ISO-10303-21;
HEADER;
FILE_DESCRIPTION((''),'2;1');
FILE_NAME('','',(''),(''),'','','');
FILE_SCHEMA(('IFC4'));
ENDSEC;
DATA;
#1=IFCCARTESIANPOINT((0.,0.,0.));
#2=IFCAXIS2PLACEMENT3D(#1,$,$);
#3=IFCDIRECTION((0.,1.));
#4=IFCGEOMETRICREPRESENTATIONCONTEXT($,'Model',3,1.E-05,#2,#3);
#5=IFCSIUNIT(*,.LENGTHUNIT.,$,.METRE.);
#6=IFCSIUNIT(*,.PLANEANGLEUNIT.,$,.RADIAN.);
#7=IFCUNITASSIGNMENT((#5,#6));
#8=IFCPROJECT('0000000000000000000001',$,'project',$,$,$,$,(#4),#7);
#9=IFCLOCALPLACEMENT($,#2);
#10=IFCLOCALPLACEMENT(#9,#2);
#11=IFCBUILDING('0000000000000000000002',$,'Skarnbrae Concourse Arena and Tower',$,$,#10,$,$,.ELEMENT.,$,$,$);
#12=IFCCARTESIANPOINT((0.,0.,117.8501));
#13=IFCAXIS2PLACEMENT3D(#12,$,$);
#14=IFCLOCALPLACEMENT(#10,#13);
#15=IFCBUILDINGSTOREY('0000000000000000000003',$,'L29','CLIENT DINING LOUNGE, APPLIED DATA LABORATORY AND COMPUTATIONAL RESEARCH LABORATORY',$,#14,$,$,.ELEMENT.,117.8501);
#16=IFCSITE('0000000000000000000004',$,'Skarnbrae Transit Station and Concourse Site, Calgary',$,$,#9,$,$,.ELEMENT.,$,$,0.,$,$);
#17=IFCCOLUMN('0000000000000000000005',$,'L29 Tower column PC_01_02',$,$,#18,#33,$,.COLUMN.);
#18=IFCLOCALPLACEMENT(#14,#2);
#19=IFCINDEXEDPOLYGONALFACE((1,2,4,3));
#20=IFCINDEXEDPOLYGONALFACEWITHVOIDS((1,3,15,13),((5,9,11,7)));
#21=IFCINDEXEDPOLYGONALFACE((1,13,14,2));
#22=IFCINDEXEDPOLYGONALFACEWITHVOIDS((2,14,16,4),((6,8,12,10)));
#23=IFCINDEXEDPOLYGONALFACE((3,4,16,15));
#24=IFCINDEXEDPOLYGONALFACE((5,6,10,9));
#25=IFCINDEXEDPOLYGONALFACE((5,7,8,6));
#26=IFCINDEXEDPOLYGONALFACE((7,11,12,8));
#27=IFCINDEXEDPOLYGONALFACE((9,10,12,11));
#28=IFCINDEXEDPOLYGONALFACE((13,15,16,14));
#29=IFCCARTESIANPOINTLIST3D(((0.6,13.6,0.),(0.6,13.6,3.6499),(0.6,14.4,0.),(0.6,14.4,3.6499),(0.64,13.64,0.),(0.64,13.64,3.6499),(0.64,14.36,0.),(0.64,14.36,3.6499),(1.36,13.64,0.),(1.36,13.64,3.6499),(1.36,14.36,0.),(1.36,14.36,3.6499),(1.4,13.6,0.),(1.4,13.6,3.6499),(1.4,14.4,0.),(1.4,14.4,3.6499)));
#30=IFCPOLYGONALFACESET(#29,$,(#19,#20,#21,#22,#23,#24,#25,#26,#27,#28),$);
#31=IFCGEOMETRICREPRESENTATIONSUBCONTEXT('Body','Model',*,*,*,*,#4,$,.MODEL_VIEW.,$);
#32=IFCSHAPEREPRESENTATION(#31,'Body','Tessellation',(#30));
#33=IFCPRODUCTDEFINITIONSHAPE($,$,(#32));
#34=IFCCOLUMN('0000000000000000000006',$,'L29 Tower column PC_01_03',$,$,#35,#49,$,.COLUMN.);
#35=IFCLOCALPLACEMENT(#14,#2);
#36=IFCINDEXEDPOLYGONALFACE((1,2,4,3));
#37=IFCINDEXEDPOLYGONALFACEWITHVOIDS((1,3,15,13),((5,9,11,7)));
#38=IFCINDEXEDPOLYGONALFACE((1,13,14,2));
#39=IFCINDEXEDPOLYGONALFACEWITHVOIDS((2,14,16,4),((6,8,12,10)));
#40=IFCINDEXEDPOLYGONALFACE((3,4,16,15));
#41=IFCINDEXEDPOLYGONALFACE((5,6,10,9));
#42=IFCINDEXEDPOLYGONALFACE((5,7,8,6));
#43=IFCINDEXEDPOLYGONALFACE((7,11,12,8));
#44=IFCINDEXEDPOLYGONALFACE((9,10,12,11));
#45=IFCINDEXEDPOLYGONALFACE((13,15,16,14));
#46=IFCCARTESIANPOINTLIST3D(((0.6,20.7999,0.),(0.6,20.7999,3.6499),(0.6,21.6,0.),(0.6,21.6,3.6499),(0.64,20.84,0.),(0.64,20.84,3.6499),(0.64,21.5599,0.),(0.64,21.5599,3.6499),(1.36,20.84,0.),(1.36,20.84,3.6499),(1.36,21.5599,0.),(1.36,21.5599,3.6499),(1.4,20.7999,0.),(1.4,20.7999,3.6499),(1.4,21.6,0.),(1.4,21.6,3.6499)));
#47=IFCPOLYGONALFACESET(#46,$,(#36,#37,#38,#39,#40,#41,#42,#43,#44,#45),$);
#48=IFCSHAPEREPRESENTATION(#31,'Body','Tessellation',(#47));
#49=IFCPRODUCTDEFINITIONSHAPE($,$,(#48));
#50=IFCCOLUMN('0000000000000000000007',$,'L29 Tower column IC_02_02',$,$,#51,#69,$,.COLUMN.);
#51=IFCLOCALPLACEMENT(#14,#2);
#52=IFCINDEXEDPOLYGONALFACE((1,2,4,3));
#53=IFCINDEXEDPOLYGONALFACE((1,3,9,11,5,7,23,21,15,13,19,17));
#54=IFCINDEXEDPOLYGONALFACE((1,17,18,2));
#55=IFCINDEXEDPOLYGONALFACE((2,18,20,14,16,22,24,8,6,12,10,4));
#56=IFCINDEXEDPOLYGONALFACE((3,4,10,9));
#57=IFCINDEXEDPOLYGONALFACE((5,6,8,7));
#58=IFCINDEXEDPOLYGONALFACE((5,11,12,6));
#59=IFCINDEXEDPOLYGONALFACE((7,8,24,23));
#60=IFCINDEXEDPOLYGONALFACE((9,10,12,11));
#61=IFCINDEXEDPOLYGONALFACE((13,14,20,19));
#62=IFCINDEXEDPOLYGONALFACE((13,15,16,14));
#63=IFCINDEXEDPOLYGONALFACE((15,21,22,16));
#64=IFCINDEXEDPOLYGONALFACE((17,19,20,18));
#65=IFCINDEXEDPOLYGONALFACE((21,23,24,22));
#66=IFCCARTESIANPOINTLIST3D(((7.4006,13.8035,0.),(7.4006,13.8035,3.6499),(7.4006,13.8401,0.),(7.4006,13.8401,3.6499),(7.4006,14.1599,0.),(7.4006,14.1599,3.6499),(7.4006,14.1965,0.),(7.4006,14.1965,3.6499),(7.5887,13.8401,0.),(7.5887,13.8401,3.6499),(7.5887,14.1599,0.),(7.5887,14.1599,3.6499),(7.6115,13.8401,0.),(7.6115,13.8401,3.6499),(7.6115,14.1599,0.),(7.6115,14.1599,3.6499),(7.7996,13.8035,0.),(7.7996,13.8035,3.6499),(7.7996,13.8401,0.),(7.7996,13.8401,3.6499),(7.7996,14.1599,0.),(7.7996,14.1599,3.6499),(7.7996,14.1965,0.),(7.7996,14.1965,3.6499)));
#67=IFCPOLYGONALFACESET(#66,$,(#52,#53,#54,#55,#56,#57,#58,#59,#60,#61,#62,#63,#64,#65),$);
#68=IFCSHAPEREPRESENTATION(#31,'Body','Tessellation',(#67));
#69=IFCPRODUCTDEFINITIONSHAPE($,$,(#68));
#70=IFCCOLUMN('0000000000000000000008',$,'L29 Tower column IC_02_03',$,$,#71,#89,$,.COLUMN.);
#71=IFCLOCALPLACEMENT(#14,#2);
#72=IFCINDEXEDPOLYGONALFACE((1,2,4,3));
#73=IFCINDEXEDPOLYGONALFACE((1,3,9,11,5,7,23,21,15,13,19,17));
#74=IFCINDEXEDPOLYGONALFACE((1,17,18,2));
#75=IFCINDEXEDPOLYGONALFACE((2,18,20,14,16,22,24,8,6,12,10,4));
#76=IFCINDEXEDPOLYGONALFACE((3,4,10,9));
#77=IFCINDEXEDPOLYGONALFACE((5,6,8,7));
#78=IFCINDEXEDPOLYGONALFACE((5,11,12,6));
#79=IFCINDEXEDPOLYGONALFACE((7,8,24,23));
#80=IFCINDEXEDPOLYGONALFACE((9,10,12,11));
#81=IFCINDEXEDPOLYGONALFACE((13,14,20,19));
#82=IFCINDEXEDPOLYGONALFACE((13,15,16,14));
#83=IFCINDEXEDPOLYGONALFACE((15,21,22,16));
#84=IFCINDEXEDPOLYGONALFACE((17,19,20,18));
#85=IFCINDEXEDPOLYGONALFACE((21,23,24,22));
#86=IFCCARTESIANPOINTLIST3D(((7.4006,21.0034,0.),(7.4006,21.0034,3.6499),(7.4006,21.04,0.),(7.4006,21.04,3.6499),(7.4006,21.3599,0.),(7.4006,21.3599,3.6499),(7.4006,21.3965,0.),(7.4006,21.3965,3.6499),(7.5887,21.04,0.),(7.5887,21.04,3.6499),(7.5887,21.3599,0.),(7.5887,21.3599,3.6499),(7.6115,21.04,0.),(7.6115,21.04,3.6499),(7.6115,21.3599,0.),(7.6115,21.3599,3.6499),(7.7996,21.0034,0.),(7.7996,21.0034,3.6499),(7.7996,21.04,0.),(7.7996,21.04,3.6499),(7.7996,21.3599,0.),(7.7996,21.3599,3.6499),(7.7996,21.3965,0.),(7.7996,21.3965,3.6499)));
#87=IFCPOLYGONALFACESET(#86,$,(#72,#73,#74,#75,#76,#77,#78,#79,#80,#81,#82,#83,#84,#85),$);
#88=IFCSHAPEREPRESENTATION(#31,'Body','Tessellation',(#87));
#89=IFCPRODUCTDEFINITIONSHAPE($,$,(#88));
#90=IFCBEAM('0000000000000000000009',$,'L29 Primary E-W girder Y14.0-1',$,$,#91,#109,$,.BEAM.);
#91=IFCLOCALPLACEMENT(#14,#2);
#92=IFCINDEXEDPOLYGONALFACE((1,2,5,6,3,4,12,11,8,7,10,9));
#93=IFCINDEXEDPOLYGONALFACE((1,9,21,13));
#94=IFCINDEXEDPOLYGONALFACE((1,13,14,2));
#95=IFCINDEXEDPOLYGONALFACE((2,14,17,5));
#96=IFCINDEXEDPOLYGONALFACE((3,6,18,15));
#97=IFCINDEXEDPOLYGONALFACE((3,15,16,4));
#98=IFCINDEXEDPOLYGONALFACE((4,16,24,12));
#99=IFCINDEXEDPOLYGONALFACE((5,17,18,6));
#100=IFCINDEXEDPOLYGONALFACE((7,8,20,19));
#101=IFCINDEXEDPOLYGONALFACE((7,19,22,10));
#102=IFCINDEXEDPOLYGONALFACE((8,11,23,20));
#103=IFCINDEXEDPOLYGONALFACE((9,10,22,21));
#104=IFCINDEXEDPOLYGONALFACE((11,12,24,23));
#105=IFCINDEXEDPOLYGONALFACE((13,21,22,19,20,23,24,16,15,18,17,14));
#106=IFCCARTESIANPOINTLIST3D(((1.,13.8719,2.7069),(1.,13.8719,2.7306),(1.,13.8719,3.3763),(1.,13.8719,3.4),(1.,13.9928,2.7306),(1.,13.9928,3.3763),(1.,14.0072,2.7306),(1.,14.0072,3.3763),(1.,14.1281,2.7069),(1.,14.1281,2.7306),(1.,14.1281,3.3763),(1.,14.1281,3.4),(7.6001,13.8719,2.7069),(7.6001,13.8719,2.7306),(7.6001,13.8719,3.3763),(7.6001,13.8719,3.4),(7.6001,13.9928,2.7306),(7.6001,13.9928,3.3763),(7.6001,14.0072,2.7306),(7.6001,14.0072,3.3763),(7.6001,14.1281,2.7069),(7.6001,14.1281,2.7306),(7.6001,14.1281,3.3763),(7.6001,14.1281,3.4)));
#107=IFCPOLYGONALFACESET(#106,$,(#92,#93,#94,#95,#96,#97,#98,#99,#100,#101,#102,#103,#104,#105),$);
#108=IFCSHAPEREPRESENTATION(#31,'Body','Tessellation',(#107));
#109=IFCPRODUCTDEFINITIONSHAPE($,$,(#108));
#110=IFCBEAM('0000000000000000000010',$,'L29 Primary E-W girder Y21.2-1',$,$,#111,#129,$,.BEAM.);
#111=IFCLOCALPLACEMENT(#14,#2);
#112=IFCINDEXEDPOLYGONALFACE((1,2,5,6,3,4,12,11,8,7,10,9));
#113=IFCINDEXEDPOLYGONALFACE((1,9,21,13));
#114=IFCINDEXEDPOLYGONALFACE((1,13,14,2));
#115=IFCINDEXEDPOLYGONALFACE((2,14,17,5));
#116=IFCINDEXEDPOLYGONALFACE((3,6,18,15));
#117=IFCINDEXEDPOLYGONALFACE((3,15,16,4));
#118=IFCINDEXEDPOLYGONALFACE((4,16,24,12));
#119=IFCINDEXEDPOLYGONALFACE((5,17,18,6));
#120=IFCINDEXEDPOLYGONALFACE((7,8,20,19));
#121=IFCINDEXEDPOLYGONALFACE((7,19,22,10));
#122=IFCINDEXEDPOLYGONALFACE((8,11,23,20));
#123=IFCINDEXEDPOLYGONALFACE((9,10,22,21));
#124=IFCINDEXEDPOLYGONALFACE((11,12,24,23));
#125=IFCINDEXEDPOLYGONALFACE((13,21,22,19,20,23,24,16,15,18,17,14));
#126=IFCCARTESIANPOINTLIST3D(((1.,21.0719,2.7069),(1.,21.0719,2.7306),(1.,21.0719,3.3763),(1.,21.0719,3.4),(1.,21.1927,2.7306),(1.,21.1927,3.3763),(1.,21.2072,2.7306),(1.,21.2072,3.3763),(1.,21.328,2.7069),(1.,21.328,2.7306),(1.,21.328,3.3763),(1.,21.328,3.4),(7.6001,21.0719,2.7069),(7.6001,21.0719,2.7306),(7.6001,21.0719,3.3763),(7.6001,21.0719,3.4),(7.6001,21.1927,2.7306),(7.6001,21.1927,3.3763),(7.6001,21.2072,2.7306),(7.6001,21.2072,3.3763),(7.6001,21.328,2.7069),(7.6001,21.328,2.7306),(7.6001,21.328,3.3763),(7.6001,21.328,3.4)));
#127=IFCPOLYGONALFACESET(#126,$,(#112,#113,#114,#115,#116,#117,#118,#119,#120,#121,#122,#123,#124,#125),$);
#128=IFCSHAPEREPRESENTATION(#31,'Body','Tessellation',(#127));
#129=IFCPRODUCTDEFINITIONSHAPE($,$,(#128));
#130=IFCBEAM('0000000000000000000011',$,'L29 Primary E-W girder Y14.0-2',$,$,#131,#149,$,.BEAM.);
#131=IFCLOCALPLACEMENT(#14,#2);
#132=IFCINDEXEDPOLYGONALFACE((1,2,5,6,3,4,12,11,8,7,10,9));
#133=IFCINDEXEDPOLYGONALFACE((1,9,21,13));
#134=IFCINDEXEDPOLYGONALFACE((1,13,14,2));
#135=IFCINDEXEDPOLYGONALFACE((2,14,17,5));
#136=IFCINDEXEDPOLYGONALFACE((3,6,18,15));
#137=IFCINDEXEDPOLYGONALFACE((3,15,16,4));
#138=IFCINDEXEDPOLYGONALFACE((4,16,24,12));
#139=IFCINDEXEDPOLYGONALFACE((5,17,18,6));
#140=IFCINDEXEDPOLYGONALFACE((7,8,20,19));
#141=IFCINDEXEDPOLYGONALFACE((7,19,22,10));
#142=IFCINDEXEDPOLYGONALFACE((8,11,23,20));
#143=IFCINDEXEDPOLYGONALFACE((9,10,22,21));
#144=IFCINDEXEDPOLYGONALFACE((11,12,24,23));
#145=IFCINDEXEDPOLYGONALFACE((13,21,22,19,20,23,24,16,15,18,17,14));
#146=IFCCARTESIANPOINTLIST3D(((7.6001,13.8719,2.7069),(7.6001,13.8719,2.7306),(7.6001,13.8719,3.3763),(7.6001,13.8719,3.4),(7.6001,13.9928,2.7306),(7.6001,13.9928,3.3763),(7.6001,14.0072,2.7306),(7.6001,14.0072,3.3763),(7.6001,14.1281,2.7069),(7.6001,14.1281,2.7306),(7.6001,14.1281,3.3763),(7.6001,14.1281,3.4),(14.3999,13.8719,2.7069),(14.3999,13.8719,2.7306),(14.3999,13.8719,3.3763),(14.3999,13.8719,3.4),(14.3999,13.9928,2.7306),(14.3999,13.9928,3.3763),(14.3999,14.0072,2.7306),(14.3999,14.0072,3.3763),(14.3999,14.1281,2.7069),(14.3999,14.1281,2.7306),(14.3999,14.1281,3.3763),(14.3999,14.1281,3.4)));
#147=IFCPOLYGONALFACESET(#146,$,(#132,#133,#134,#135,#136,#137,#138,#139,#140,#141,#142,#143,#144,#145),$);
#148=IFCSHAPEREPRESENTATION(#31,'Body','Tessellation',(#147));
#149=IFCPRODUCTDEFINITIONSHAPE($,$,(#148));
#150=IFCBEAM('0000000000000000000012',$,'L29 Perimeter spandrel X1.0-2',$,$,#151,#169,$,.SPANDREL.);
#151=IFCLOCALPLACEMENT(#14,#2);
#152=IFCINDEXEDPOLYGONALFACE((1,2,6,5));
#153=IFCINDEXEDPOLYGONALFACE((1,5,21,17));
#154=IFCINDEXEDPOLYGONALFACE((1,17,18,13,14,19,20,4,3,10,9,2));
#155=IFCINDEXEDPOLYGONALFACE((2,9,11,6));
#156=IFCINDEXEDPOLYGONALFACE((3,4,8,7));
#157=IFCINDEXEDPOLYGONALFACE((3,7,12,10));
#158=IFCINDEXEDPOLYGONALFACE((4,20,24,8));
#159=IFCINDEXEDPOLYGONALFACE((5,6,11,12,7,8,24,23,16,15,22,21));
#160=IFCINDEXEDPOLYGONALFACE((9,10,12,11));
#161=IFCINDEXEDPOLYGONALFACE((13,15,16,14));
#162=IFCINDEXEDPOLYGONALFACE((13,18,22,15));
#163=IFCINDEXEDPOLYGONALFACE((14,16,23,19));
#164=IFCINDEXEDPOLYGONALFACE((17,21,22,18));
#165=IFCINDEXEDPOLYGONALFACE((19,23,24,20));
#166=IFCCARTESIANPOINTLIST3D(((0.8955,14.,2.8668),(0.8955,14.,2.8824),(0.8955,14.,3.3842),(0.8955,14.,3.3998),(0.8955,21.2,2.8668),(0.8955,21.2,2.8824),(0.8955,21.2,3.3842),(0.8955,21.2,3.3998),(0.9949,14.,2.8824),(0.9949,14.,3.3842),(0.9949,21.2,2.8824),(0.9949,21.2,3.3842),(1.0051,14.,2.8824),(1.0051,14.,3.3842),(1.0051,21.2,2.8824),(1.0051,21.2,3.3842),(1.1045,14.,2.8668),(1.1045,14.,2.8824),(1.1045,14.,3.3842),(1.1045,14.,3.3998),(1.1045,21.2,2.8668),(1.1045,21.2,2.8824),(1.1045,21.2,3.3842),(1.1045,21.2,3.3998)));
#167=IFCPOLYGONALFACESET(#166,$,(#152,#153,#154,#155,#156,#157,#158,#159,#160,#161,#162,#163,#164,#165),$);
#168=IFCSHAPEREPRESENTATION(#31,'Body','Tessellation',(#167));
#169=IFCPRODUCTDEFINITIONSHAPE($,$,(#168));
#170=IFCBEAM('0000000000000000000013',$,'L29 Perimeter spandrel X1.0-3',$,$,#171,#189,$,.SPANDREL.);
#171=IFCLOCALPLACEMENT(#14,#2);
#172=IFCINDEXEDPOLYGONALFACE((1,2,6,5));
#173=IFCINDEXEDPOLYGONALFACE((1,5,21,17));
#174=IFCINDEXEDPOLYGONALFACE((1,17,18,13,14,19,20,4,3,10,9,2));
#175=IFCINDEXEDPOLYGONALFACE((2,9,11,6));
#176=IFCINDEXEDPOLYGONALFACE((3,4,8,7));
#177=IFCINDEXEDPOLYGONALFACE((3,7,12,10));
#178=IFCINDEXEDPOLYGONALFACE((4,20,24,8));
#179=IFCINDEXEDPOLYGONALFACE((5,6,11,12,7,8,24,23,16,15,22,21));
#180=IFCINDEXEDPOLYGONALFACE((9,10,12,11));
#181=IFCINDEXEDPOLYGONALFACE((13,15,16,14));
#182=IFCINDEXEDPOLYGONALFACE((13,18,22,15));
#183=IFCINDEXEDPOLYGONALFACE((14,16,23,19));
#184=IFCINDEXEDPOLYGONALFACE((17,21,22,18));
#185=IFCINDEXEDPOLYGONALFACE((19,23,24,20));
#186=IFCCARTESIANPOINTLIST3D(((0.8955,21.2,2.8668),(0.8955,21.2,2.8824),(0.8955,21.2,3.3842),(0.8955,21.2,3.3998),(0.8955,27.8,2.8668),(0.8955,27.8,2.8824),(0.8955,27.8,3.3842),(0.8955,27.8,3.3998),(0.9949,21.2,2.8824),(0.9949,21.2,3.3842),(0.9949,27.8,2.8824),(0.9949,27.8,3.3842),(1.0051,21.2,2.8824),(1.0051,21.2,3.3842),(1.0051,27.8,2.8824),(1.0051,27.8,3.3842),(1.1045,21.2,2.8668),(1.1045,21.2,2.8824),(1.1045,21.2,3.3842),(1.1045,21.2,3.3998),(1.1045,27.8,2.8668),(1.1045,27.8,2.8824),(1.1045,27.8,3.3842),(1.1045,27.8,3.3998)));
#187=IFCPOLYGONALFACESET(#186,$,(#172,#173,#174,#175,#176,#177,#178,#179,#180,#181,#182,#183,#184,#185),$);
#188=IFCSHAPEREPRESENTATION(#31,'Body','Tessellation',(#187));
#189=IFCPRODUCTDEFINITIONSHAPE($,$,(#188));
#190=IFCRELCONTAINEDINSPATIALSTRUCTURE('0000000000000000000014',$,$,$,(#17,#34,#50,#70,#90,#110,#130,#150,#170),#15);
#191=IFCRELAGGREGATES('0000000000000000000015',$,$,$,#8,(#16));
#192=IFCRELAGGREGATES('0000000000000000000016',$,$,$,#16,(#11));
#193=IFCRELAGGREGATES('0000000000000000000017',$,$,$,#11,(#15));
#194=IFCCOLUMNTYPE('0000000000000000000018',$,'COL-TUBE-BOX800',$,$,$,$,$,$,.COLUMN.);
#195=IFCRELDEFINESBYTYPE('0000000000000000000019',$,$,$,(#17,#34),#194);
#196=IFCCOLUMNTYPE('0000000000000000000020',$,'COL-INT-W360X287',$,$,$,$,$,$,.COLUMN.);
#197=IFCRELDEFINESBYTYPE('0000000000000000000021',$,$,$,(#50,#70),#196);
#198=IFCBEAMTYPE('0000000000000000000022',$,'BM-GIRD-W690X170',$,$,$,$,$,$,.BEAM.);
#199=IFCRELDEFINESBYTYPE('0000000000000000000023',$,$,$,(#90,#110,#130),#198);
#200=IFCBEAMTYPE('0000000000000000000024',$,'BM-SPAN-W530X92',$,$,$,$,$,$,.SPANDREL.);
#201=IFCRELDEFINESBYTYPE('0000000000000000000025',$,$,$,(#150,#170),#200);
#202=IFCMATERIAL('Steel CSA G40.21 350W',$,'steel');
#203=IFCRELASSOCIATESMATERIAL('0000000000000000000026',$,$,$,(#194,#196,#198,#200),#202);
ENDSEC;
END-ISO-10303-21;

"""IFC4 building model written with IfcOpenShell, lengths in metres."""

from ifc_helpers import new_model, si_unit, direction, frame, origin, origin_2d, place, context, subcontext, project, spatial, hollow_rectangle, i_section, extrude, source, transform, mapped, material, material_profile, profile_set, type_object, element, save


model = new_model("IFC4")

# Units and contexts
model_context = context("Model", 3, precision=1e-05, world=origin(), true_north=direction((0.0, 1.0)))
body_context = subcontext(model_context, "Body", "Model", "MODEL_VIEW")
ifc_project = project(units=[si_unit("LENGTHUNIT", "METRE"), si_unit("PLANEANGLEUNIT", "RADIAN")], contexts=[model_context])

# Site, building, storey
site_placement = place(None, origin())
site = spatial("IfcSite", under=ifc_project, at=site_placement, Name="Skarnbrae Transit Station and Concourse Site, Calgary", CompositionType="ELEMENT", RefElevation=0.0)
building_placement = place(site_placement, origin())
building = spatial("IfcBuilding", under=site, at=building_placement, Name="Skarnbrae Concourse Arena and Tower", CompositionType="ELEMENT")
storey_placement = place(building_placement, frame((0.0, 0.0, 117.8501)))
storey = spatial("IfcBuildingStorey", under=building, at=storey_placement, Name="L29", Description="CLIENT DINING LOUNGE, APPLIED DATA LABORATORY AND COMPUTATIONAL RESEARCH LABORATORY", CompositionType="ELEMENT", Elevation=117.8501)

# Columns
ifc_material_1 = material(Name="Steel CSA G40.21 350W", Category="steel")
ifc_material_profile_1 = material_profile(ifc_material_1, hollow_rectangle(XDim=0.8, YDim=0.8, WallThickness=0.04, at=origin_2d()), Name="BOX800X800X40")
ifc_profile_set_1 = profile_set([ifc_material_profile_1], Name="Steel CSA G40.21 350W")
column_type_1 = type_object("IfcColumnType", Name="COL-TUBE-BOX800", PredefinedType="COLUMN", material=ifc_profile_set_1)
shared_shape_1 = source(origin(), body_context, "Body", "SweptSolid", [
    extrude(hollow_rectangle(XDim=0.8, YDim=0.8, WallThickness=0.04, at=origin_2d()), origin(), (0.0, 0.0, 1.0), 3.6499),
])
for number, where, z_axis, x_axis, name in (
    (1, (1.0, 14.0, 0.0), (0.0, 0.0, 1.0), (1.0, 0.0, 0.0), "L29 Tower column PC_01_02"),
    (2, (1.0, 21.2, 0.0), (0.0, 0.0, 1.0), (1.0, 0.0, 0.0), "L29 Tower column PC_01_03"),
):
    element("IfcColumn", number, at=place(storey_placement, frame(where, z_axis=z_axis, x_axis=x_axis)), inside=storey, type_object=column_type_1, Name=name, PredefinedType="COLUMN", context=body_context, shape_type="MappedRepresentation", body=[
        mapped(shared_shape_1, transform((0.0, 0.0, 0.0))),
    ])
ifc_material_profile_2 = material_profile(ifc_material_1, i_section(OverallWidth=0.3989, OverallDepth=0.3931, WebThickness=0.0227, FlangeThickness=0.0366, at=origin_2d()), Name="W360X287")
ifc_profile_set_2 = profile_set([ifc_material_profile_2], Name="Steel CSA G40.21 350W")
column_type_2 = type_object("IfcColumnType", Name="COL-INT-W360X287", PredefinedType="COLUMN", material=ifc_profile_set_2)
shared_shape_2 = source(origin(), body_context, "Body", "SweptSolid", [
    extrude(i_section(OverallWidth=0.3989, OverallDepth=0.3931, WebThickness=0.0227, FlangeThickness=0.0366, at=origin_2d()), origin(), (0.0, 0.0, 1.0), 3.6499),
])
for number, where, z_axis, x_axis, name in (
    (3, (7.6001, 14.0, 0.0), (0.0, 0.0, 1.0), (1.0, 0.0, 0.0), "L29 Tower column IC_02_02"),
    (4, (7.6001, 21.2, 0.0), (0.0, 0.0, 1.0), (1.0, 0.0, 0.0), "L29 Tower column IC_02_03"),
):
    element("IfcColumn", number, at=place(storey_placement, frame(where, z_axis=z_axis, x_axis=x_axis)), inside=storey, type_object=column_type_2, Name=name, PredefinedType="COLUMN", context=body_context, shape_type="MappedRepresentation", body=[
        mapped(shared_shape_2, transform((0.0, 0.0, 0.0))),
    ])

# Beams
ifc_material_profile_3 = material_profile(ifc_material_1, i_section(OverallWidth=0.2561, OverallDepth=0.6931, WebThickness=0.0144, FlangeThickness=0.0237, at=origin_2d()), Name="W690X170")
ifc_profile_set_3 = profile_set([ifc_material_profile_3], Name="Steel CSA G40.21 350W")
beam_type_1 = type_object("IfcBeamType", Name="BM-GIRD-W690X170", PredefinedType="BEAM", material=ifc_profile_set_3)
shared_shape_3 = source(origin(), body_context, "Body", "SweptSolid", [
    extrude(i_section(OverallWidth=0.2561, OverallDepth=0.6931, WebThickness=0.0144, FlangeThickness=0.0237, at=origin_2d()), origin(), (0.0, 0.0, 1.0), 6.6001),
])
for number, where, z_axis, x_axis, name in (
    (5, (1.0, 14.0, 3.0535), (1.0, 0.0, 0.0), (0.0, 1.0, 0.0), "L29 Primary E-W girder Y14.0-1"),
    (6, (1.0, 21.2, 3.0535), (1.0, 0.0, 0.0), (0.0, 1.0, 0.0), "L29 Primary E-W girder Y21.2-1"),
):
    element("IfcBeam", number, at=place(storey_placement, frame(where, z_axis=z_axis, x_axis=x_axis)), inside=storey, type_object=beam_type_1, Name=name, PredefinedType="BEAM", context=body_context, shape_type="MappedRepresentation", body=[
        mapped(shared_shape_3, transform((0.0, 0.0, 0.0))),
    ])
shared_shape_4 = source(origin(), body_context, "Body", "SweptSolid", [
    extrude(i_section(OverallWidth=0.2561, OverallDepth=0.6931, WebThickness=0.0144, FlangeThickness=0.0237, at=origin_2d()), origin(), (0.0, 0.0, 1.0), 6.7998),
])
beam_1_placement = place(storey_placement, frame((7.6001, 14.0, 3.0535), z_axis=(1.0, 0.0, 0.0), x_axis=(0.0, 1.0, 0.0)))
element("IfcBeam", 7, at=beam_1_placement, inside=storey, type_object=beam_type_1, Name="L29 Primary E-W girder Y14.0-2", PredefinedType="BEAM", context=body_context, shape_type="MappedRepresentation", body=[
    mapped(shared_shape_4, transform((0.0, 0.0, 0.0))),
])
ifc_material_profile_4 = material_profile(ifc_material_1, i_section(OverallWidth=0.209, OverallDepth=0.533, WebThickness=0.0103, FlangeThickness=0.0156, at=origin_2d()), Name="W530X92")
ifc_profile_set_4 = profile_set([ifc_material_profile_4], Name="Steel CSA G40.21 350W")
beam_type_2 = type_object("IfcBeamType", Name="BM-SPAN-W530X92", PredefinedType="SPANDREL", material=ifc_profile_set_4)
shared_shape_5 = source(origin(), body_context, "Body", "SweptSolid", [
    extrude(i_section(OverallWidth=0.209, OverallDepth=0.533, WebThickness=0.0103, FlangeThickness=0.0156, at=origin_2d()), origin(), (0.0, 0.0, 1.0), 7.2),
])
beam_2_placement = place(storey_placement, frame((1.0, 14.0, 3.1333), z_axis=(0.0, 1.0, 0.0), x_axis=(-1.0, 0.0, 0.0)))
element("IfcBeam", 8, at=beam_2_placement, inside=storey, type_object=beam_type_2, Name="L29 Perimeter spandrel X1.0-2", PredefinedType="SPANDREL", context=body_context, shape_type="MappedRepresentation", body=[
    mapped(shared_shape_5, transform((0.0, 0.0, 0.0))),
])
shared_shape_6 = source(origin(), body_context, "Body", "SweptSolid", [
    extrude(i_section(OverallWidth=0.209, OverallDepth=0.533, WebThickness=0.0103, FlangeThickness=0.0156, at=origin_2d()), origin(), (0.0, 0.0, 1.0), 6.6001),
])
beam_3_placement = place(storey_placement, frame((1.0, 21.2, 3.1333), z_axis=(0.0, 1.0, 0.0), x_axis=(-1.0, 0.0, 0.0)))
element("IfcBeam", 9, at=beam_3_placement, inside=storey, type_object=beam_type_2, Name="L29 Perimeter spandrel X1.0-3", PredefinedType="SPANDREL", context=body_context, shape_type="MappedRepresentation", body=[
    mapped(shared_shape_6, transform((0.0, 0.0, 0.0))),
])

save(model, "model.ifc")
